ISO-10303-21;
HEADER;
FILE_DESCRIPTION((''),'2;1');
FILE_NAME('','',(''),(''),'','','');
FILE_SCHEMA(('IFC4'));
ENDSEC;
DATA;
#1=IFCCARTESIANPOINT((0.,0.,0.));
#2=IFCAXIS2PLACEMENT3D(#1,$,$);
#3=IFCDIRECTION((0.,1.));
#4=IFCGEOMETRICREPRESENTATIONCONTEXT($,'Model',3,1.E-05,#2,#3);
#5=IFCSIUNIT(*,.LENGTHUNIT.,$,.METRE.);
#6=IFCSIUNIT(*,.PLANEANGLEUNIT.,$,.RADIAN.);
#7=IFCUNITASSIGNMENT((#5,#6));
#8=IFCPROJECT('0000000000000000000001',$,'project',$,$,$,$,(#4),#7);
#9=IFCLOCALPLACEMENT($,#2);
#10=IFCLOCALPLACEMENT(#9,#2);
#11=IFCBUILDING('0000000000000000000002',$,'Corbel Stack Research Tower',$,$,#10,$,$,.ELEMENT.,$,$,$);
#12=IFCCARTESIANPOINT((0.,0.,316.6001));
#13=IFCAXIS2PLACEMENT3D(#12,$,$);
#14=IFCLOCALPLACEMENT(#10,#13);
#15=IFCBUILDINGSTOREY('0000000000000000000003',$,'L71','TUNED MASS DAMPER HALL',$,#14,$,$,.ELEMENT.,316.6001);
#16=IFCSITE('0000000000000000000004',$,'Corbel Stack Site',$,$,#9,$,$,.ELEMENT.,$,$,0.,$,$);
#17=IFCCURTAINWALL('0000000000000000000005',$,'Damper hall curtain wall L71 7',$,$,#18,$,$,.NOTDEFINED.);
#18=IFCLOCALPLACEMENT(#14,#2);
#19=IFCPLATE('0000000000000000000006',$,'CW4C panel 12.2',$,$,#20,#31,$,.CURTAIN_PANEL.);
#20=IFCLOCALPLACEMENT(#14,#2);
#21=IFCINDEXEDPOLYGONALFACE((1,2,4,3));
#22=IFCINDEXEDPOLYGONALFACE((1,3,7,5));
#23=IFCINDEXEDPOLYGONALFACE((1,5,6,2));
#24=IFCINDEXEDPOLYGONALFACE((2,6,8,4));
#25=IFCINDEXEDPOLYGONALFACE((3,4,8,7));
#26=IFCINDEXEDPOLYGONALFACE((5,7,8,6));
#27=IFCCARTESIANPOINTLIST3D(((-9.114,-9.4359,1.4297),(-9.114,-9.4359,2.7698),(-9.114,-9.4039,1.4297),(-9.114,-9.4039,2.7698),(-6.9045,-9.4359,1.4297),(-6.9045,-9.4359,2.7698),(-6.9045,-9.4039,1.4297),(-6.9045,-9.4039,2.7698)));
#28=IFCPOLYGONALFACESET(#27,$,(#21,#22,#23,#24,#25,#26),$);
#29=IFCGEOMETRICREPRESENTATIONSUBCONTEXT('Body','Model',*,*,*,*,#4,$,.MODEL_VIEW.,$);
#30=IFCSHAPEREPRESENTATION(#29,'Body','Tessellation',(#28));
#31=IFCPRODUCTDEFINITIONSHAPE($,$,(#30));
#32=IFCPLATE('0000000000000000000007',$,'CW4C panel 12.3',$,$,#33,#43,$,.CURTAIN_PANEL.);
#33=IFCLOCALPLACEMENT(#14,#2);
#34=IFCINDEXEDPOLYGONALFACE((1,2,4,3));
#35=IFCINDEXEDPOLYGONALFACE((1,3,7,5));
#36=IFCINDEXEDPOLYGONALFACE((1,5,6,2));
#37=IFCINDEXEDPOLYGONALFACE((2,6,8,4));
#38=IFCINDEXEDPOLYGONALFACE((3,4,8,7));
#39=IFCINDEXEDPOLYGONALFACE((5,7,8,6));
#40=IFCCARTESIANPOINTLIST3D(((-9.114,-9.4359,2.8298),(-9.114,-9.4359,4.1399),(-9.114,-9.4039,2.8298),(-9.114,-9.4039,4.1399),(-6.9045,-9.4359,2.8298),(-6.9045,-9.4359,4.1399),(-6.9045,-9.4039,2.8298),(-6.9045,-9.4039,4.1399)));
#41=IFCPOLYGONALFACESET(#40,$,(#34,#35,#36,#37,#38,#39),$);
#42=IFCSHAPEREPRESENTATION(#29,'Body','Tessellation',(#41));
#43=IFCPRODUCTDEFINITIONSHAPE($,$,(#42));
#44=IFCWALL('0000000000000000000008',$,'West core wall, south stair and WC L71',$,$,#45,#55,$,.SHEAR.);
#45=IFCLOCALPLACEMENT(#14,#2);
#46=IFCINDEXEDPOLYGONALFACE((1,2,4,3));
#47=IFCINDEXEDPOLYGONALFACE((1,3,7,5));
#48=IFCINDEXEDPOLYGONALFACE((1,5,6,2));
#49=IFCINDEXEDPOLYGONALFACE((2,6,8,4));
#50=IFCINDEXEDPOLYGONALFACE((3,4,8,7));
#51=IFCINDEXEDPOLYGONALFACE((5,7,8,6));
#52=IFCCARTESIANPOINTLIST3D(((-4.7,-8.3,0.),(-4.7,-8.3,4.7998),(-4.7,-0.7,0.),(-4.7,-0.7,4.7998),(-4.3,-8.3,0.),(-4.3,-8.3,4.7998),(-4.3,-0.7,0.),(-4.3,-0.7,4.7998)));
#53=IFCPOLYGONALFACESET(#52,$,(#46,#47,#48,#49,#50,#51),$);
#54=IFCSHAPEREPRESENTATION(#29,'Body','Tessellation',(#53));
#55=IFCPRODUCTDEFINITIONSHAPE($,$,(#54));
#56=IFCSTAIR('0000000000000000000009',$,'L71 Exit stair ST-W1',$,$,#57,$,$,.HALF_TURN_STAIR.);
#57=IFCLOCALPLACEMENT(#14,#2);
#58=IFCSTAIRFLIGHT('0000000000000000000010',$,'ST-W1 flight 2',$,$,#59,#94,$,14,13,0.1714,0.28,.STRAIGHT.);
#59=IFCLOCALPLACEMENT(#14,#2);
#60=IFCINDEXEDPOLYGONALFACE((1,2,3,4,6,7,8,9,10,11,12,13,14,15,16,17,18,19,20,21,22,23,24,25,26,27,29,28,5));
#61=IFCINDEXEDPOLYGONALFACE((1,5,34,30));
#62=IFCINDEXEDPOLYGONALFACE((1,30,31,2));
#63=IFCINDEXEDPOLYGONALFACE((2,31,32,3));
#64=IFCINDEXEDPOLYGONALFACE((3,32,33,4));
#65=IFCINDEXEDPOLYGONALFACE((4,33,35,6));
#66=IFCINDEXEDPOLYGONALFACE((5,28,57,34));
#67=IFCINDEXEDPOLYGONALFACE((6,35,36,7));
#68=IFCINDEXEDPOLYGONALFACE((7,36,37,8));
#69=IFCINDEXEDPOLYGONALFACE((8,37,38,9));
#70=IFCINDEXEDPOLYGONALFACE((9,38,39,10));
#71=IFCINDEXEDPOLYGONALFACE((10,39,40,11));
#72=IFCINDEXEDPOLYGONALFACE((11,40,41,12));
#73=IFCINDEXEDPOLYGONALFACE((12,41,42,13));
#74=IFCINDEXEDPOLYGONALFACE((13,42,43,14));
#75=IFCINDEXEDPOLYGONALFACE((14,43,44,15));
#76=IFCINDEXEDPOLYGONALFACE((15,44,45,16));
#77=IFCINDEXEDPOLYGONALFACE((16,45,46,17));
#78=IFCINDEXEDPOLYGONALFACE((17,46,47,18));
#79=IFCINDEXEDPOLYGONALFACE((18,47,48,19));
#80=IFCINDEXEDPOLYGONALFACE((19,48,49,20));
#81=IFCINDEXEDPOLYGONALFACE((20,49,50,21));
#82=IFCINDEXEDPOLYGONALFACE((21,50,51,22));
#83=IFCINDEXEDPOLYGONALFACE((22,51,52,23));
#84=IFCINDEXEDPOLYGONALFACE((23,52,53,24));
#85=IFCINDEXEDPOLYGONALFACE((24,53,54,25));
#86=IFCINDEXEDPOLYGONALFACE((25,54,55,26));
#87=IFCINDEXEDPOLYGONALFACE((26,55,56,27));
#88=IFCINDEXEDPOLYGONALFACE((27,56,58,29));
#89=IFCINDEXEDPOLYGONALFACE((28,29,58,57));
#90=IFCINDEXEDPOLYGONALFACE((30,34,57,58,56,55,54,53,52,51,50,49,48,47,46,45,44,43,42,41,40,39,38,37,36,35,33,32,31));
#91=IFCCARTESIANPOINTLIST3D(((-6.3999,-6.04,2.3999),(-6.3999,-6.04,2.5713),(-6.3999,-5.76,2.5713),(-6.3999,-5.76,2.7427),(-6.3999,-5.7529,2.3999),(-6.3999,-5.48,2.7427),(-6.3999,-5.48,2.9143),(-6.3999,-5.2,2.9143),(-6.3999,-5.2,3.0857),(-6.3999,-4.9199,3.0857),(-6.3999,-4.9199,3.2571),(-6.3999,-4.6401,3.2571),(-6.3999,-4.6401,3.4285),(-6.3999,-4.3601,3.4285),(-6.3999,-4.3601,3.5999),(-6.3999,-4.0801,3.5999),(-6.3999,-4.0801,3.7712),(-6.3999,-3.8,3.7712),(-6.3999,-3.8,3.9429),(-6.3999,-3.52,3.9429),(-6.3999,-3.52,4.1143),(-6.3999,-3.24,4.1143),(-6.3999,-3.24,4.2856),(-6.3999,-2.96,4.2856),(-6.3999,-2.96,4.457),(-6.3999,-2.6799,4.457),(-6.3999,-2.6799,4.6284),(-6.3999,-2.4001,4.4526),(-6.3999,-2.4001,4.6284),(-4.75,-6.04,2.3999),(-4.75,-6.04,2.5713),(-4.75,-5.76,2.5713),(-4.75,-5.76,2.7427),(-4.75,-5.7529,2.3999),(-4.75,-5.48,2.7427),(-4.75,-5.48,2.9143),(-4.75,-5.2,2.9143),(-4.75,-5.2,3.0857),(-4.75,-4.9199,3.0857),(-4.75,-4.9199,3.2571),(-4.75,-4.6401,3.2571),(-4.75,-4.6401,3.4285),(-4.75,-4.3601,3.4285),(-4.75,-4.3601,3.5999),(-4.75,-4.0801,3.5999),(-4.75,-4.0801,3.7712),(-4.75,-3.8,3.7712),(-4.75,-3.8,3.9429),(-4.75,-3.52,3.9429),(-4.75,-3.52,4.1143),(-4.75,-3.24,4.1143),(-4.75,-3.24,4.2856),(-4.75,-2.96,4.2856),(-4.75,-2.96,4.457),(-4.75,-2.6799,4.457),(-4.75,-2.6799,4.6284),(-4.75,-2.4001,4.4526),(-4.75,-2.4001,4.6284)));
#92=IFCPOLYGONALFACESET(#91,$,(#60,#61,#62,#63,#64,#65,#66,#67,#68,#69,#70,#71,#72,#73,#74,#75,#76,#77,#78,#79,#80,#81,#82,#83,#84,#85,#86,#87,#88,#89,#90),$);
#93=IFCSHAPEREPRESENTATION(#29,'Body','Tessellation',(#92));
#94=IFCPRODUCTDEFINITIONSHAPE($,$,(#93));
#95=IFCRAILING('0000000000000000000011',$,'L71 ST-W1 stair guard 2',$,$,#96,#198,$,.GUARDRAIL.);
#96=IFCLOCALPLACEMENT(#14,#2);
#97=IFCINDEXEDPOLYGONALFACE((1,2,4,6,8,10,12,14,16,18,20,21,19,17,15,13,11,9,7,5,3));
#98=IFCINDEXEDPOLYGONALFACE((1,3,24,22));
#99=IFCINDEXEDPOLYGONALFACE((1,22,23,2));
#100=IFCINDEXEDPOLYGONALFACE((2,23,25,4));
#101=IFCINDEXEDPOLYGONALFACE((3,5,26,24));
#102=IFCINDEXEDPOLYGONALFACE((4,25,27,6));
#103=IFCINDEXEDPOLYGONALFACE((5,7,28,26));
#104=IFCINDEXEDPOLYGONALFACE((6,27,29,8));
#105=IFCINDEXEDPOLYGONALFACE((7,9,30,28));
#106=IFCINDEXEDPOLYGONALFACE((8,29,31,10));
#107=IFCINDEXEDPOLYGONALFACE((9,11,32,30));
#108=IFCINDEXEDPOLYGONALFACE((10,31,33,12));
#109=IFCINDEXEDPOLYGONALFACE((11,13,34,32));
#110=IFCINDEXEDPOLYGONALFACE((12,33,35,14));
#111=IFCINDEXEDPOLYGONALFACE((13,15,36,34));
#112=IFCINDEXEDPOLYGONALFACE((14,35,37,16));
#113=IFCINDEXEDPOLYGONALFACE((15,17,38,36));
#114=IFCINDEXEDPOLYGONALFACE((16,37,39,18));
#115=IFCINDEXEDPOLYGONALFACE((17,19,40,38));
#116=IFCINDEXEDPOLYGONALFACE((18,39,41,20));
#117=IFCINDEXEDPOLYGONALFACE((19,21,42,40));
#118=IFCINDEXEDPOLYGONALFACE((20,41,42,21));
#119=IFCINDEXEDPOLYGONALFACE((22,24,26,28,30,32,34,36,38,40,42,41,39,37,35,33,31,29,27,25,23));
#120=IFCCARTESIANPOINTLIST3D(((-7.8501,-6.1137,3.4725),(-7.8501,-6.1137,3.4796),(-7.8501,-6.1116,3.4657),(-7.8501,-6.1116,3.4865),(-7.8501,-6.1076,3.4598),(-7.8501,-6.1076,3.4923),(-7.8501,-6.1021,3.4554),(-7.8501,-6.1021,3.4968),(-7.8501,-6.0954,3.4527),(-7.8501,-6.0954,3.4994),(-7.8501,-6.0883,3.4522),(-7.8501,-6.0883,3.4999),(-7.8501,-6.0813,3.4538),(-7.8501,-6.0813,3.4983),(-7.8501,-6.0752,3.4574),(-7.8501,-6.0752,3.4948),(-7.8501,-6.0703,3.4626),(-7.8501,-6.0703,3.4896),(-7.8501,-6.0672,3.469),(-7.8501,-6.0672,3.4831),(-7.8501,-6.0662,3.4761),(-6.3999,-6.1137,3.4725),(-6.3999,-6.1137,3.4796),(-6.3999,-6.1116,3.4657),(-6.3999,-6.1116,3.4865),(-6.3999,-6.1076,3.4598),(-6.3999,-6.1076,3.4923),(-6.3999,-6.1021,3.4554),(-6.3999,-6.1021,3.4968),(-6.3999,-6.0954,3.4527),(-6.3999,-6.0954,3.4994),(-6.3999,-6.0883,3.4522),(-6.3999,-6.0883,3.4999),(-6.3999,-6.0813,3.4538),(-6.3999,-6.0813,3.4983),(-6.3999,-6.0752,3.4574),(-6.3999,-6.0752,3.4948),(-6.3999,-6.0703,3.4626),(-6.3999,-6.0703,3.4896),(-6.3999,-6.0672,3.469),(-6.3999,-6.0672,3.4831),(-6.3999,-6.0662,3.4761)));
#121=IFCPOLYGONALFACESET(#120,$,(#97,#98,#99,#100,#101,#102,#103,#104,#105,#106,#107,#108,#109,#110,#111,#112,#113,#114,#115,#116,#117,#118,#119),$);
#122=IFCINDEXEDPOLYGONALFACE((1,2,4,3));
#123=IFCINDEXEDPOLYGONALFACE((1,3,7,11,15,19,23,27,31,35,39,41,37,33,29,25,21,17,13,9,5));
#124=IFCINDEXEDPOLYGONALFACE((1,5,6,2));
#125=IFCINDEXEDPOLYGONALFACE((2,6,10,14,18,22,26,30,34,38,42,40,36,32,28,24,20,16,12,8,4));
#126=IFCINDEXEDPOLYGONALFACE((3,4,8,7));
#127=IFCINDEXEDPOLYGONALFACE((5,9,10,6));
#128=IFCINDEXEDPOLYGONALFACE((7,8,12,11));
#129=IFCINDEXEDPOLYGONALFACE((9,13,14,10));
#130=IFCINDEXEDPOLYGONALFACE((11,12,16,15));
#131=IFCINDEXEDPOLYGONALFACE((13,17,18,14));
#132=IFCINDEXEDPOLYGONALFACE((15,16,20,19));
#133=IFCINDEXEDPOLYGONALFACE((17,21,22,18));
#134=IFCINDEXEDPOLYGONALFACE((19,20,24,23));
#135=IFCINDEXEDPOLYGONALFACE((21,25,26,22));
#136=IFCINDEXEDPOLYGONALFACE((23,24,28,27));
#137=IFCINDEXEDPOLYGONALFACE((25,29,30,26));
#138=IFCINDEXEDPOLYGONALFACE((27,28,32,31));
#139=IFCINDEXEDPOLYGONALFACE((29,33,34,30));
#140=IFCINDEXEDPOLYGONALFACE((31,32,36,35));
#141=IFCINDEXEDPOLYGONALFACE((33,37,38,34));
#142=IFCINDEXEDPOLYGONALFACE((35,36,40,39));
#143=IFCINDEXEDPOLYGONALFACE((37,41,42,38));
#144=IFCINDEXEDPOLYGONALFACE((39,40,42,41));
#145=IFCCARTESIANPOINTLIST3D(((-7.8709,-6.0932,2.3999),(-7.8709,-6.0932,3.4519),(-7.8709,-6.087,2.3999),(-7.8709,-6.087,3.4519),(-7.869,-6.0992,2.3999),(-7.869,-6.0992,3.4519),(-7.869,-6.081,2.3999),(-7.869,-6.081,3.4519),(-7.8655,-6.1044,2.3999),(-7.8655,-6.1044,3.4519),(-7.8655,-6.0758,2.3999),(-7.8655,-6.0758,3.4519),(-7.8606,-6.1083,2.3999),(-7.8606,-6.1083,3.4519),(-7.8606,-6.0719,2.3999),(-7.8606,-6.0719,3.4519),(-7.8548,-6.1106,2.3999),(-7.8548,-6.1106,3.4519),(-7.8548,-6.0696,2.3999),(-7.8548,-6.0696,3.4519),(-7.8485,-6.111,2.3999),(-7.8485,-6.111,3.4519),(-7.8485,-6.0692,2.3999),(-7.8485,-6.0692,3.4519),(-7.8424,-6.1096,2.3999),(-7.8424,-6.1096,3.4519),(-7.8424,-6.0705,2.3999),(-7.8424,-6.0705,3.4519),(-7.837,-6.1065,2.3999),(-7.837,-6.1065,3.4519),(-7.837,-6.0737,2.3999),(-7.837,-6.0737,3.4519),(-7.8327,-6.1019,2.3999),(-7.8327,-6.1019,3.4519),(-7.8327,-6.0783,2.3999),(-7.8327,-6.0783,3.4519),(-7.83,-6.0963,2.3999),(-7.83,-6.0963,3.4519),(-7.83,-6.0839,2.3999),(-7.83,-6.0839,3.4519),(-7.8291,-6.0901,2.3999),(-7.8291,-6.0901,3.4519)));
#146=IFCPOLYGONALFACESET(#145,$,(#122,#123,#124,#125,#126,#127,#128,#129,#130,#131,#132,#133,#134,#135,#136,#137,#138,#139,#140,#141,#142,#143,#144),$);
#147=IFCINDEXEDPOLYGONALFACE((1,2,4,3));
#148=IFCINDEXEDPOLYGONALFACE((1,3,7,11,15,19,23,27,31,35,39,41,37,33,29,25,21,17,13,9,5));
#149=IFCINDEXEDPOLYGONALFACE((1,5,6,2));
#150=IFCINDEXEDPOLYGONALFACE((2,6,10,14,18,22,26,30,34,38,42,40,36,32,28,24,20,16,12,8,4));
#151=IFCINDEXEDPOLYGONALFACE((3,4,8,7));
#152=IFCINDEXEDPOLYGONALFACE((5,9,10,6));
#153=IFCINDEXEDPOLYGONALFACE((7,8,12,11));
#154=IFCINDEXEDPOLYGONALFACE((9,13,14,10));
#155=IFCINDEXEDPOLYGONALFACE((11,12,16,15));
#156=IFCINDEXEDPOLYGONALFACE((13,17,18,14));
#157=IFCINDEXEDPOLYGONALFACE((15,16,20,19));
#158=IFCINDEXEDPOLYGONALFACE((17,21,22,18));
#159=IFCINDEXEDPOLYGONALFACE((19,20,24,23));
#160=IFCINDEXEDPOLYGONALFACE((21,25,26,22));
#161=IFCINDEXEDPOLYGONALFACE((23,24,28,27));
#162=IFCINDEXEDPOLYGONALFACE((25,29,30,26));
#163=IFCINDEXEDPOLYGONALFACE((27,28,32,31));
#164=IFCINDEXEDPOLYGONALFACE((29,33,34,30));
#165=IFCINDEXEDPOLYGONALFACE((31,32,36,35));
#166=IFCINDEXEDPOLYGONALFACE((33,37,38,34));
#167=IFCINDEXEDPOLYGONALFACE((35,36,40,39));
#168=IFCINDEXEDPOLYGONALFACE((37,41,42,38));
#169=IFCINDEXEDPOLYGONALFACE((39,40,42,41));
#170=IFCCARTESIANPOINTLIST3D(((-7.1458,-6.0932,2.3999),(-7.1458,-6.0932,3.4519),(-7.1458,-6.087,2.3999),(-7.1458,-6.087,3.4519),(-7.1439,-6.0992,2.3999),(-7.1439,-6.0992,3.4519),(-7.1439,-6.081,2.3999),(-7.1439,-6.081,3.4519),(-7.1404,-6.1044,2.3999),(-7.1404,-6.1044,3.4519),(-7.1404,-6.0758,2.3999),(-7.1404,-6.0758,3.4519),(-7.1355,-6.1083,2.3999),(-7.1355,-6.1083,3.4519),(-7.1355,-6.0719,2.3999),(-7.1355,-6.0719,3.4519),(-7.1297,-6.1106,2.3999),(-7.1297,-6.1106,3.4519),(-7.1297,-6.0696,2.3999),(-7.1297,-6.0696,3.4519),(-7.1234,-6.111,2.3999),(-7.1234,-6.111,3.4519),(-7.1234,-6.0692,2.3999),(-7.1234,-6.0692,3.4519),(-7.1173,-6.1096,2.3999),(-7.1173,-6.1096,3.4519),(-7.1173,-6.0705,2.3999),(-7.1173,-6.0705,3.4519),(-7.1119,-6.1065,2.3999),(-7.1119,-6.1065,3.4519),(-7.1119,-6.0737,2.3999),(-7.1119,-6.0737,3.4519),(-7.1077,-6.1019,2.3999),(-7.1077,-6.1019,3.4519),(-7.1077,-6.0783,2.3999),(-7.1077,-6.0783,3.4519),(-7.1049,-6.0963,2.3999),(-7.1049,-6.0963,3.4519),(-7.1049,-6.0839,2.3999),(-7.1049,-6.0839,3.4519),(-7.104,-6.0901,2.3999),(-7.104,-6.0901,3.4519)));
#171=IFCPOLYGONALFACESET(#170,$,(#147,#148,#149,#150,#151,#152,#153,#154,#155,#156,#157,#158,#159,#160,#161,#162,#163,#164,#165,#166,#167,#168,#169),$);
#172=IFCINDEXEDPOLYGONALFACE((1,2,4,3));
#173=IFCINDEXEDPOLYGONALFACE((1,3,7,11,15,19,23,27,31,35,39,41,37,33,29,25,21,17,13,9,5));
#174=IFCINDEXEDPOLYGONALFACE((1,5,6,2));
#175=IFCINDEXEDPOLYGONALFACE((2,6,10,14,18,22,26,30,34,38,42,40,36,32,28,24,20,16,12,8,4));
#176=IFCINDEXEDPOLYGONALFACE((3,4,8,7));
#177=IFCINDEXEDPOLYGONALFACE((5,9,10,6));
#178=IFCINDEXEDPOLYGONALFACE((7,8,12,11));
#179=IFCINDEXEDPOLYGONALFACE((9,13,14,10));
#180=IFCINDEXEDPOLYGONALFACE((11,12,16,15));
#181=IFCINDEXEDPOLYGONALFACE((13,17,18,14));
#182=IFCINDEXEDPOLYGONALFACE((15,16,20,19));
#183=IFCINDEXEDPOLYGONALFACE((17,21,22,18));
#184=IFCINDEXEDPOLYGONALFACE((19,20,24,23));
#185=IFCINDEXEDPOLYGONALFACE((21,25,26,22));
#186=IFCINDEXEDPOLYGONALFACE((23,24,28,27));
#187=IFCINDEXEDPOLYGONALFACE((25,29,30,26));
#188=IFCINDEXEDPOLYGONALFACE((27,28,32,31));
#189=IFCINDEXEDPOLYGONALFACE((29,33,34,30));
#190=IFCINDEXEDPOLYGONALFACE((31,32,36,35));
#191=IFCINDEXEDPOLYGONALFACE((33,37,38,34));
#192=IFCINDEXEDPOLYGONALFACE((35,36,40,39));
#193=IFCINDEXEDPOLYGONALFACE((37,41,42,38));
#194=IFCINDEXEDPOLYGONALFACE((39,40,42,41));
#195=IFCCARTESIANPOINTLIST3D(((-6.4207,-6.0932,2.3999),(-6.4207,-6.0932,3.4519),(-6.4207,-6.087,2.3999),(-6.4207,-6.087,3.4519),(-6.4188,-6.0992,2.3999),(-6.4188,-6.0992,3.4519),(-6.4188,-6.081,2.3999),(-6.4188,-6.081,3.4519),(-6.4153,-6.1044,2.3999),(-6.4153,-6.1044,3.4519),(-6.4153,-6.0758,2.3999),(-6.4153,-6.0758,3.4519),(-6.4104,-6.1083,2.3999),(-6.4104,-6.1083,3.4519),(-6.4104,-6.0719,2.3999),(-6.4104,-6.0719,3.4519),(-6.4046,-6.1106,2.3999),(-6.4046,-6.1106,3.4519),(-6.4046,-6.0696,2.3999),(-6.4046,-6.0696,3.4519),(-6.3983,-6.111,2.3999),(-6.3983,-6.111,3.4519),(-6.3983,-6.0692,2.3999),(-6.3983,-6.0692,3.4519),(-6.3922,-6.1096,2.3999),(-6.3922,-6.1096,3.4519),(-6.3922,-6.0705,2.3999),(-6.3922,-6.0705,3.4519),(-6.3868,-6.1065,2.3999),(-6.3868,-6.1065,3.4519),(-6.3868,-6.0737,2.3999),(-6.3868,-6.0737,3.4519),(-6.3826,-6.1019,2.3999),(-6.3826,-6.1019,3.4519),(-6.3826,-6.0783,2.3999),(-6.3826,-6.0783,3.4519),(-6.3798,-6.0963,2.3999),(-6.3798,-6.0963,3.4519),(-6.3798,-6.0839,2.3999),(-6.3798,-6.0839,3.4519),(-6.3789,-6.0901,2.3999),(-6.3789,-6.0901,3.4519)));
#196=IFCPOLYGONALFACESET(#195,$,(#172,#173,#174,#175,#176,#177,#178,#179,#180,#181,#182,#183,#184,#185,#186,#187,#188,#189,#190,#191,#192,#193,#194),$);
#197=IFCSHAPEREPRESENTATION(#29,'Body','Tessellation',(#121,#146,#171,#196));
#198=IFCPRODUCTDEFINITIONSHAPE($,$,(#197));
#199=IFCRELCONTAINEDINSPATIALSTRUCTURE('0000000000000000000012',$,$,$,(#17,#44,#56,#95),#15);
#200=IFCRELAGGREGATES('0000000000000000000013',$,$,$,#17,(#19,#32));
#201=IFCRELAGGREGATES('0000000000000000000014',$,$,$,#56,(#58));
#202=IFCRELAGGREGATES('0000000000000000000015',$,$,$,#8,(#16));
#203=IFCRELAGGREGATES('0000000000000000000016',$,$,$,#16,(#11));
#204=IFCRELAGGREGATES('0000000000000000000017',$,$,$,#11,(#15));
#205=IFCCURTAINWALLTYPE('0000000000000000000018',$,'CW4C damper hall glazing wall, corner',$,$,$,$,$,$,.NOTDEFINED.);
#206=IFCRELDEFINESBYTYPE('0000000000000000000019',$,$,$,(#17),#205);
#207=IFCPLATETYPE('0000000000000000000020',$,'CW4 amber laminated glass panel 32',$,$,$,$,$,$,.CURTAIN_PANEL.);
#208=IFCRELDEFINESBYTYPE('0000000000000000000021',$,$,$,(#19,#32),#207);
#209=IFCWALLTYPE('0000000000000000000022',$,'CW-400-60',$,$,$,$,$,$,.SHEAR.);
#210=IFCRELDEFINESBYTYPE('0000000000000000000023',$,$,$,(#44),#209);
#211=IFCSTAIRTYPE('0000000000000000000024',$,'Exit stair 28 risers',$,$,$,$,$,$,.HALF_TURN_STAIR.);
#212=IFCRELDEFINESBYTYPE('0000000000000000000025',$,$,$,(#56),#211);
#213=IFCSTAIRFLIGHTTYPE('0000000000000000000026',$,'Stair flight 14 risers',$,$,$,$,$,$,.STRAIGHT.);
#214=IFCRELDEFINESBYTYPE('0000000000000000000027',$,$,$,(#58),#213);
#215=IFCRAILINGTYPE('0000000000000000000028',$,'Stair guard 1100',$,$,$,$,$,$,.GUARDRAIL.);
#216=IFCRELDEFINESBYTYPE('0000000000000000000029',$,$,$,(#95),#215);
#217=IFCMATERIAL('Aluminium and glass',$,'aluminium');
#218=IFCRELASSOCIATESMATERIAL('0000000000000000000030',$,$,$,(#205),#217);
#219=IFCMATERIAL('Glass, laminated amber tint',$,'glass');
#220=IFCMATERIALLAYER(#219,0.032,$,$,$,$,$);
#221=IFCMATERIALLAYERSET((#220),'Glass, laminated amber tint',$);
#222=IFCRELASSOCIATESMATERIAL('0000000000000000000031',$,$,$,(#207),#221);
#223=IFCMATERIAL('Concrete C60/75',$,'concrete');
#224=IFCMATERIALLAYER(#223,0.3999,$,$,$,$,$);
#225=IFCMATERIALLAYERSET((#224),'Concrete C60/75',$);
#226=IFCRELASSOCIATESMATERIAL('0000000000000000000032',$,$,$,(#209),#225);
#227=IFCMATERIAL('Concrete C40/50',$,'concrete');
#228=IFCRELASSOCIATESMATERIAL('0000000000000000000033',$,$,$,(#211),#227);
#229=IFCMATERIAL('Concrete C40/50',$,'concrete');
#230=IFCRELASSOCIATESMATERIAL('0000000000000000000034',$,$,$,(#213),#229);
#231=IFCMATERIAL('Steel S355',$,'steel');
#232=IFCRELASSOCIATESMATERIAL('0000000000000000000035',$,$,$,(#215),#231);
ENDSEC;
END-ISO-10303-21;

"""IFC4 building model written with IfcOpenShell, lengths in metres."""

from ifc_helpers import new_model, si_unit, direction, frame, frame_2d, origin, origin_2d, place, context, subcontext, project, spatial, polyline, rectangle, circle, outline, extrude, material, layer, layer_set, type_object, element, aggregate, save


model = new_model("IFC4")

# Units and contexts
model_context = context("Model", 3, precision=1e-05, world=origin(), true_north=direction((0.0, 1.0)))
body_context = subcontext(model_context, "Body", "Model", "MODEL_VIEW")
ifc_project = project(units=[si_unit("LENGTHUNIT", "METRE"), si_unit("PLANEANGLEUNIT", "RADIAN")], contexts=[model_context])

# Site, building, storey
site_placement = place(None, origin())
site = spatial("IfcSite", under=ifc_project, at=site_placement, Name="Corbel Stack Site", CompositionType="ELEMENT", RefElevation=0.0)
building_placement = place(site_placement, origin())
building = spatial("IfcBuilding", under=site, at=building_placement, Name="Corbel Stack Research Tower", CompositionType="ELEMENT")
storey_placement = place(building_placement, frame((0.0, 0.0, 316.6001)))
storey = spatial("IfcBuildingStorey", under=building, at=storey_placement, Name="L71", Description="TUNED MASS DAMPER HALL", CompositionType="ELEMENT", Elevation=316.6001)

# Curtain wall, plates
ifc_material_1 = material(Name="Aluminium and glass", Category="aluminium")
curtain_wall_type = type_object("IfcCurtainWallType", Name="CW4C damper hall glazing wall, corner", PredefinedType="NOTDEFINED", material=ifc_material_1)
curtain_wall_placement = place(storey_placement, origin())
curtain_wall = element("IfcCurtainWall", 1, at=curtain_wall_placement, inside=storey, type_object=curtain_wall_type, Name="Damper hall curtain wall L71 7", PredefinedType="NOTDEFINED")
ifc_material_2 = material(Name="Glass, laminated amber tint", Category="glass")
ifc_layer_1 = layer(ifc_material_2, 0.032)
ifc_layer_set_1 = layer_set([ifc_layer_1], Name="Glass, laminated amber tint")
plate_type = type_object("IfcPlateType", Name="CW4 amber laminated glass panel 32", PredefinedType="CURTAIN_PANEL", material=ifc_layer_set_1)
plate_1_placement = place(storey_placement, frame((-8.0093, -9.4199, 1.4297), z_axis=(0.0, 0.0, 1.0), x_axis=(-1.0, 0.0, 0.0)))
plate_1 = element("IfcPlate", 2, at=plate_1_placement, type_object=plate_type, Name="CW4C panel 12.2", PredefinedType="CURTAIN_PANEL", context=body_context, shape_type="SweptSolid", body=[
    extrude(rectangle(XDim=2.2095, YDim=0.032, at=origin_2d()), origin(), (0.0, 0.0, 1.0), 1.3401),
])
plate_2_placement = place(storey_placement, frame((-8.0093, -9.4199, 2.8298), z_axis=(0.0, 0.0, 1.0), x_axis=(-1.0, 0.0, 0.0)))
plate_2 = element("IfcPlate", 3, at=plate_2_placement, type_object=plate_type, Name="CW4C panel 12.3", PredefinedType="CURTAIN_PANEL", context=body_context, shape_type="SweptSolid", body=[
    extrude(rectangle(XDim=2.2095, YDim=0.032, at=origin_2d()), origin(), (0.0, 0.0, 1.0), 1.3101),
])
aggregate(curtain_wall, [plate_1, plate_2])

# Wall
ifc_material_3 = material(Name="Concrete C60/75", Category="concrete")
ifc_layer_2 = layer(ifc_material_3, 0.3999)
ifc_layer_set_2 = layer_set([ifc_layer_2], Name="Concrete C60/75")
wall_type = type_object("IfcWallType", Name="CW-400-60", PredefinedType="SHEAR", material=ifc_layer_set_2)
wall_placement = place(storey_placement, frame((-4.5, -8.3, 0.0), z_axis=(0.0, 0.0, 1.0), x_axis=(0.0, 1.0, 0.0)))
element("IfcWall", 4, at=wall_placement, inside=storey, type_object=wall_type, Name="West core wall, south stair and WC L71", PredefinedType="SHEAR", context=body_context, shape_type="SweptSolid", body=[
    extrude(rectangle(XDim=7.6001, YDim=0.3999, at=frame_2d((3.8, 0.0))), origin(), (0.0, 0.0, 1.0), 4.7998),
])

# Stair, stair flight
ifc_material_4 = material(Name="Concrete C40/50", Category="concrete")
stair_type = type_object("IfcStairType", Name="Exit stair 28 risers", PredefinedType="HALF_TURN_STAIR", material=ifc_material_4)
stair_placement = place(storey_placement, origin())
stair = element("IfcStair", 5, at=stair_placement, inside=storey, type_object=stair_type, Name="L71 Exit stair ST-W1", PredefinedType="HALF_TURN_STAIR")
ifc_material_5 = material(Name="Concrete C40/50", Category="concrete")
stair_flight_type = type_object("IfcStairFlightType", Name="Stair flight 14 risers", PredefinedType="STRAIGHT", material=ifc_material_5)
stair_flight_placement = place(storey_placement, frame((-5.575, -6.04, 2.3999), z_axis=(0.0, 0.0, 1.0), x_axis=(0.0, 1.0, 0.0)))
stair_flight = element("IfcStairFlight", 6, at=stair_flight_placement, type_object=stair_flight_type, Name="ST-W1 flight 2", NumberOfRisers=14, NumberOfTreads=13, PredefinedType="STRAIGHT", RiserHeight=0.1714, TreadLength=0.28, context=body_context, shape_type="SweptSolid", body=[
    extrude(outline(polyline([(0.0, 0.0), (0.0, 0.1714), (0.28, 0.1714), (0.28, 0.3428), (0.5601, 0.3428), (0.5601, 0.5144), (0.8401, 0.5144), (0.8401, 0.6858), (1.1201, 0.6858), (1.1201, 0.8572), (1.3999, 0.8572), (1.3999, 1.0286), (1.6799, 1.0286), (1.6799, 1.2), (1.96, 1.2), (1.96, 1.3713), (2.24, 1.3713), (2.24, 1.543), (2.52, 1.543), (2.52, 1.7144), (2.8, 1.7144), (2.8, 1.8857), (3.0801, 1.8857), (3.0801, 2.0571), (3.3601, 2.0571), (3.3601, 2.2285), (3.6399, 2.2285), (3.6399, 2.3999), (3.6399, 2.0527), (0.2871, 0.0), (0.0, 0.0)])), frame((0.0, 0.825, 0.0), z_axis=(0.0, -1.0, 0.0), x_axis=(1.0, 0.0, 0.0)), (0.0, 0.0, 1.0), 1.6499),
])
aggregate(stair, [stair_flight])

# Railing
ifc_material_6 = material(Name="Steel S355", Category="steel")
railing_type_1 = type_object("IfcRailingType", Name="Stair guard 1100", PredefinedType="GUARDRAIL", material=ifc_material_6)
railing_1_placement = place(storey_placement, frame((-7.8501, -6.0901, 2.3999)))
element("IfcRailing", 7, at=railing_1_placement, inside=storey, type_object=railing_type_1, Name="L71 ST-W1 stair guard 2", PredefinedType="GUARDRAIL", context=body_context, shape_type="SweptSolid", body=[
    extrude(circle(Radius=0.0239, at=origin_2d()), frame((0.0, 0.0, 1.0762), z_axis=(1.0, 0.0, 0.0), x_axis=(0.0, 1.0, 0.0)), (0.0, 0.0, 1.0), 1.4502),
    extrude(circle(Radius=0.021, at=origin_2d()), origin(), (0.0, 0.0, 1.0), 1.052),
    extrude(circle(Radius=0.021, at=origin_2d()), frame((0.7251, 0.0, 0.0)), (0.0, 0.0, 1.0), 1.052),
    extrude(circle(Radius=0.021, at=origin_2d()), frame((1.4502, 0.0, 0.0)), (0.0, 0.0, 1.0), 1.052),
])

save(model, "model.ifc")
